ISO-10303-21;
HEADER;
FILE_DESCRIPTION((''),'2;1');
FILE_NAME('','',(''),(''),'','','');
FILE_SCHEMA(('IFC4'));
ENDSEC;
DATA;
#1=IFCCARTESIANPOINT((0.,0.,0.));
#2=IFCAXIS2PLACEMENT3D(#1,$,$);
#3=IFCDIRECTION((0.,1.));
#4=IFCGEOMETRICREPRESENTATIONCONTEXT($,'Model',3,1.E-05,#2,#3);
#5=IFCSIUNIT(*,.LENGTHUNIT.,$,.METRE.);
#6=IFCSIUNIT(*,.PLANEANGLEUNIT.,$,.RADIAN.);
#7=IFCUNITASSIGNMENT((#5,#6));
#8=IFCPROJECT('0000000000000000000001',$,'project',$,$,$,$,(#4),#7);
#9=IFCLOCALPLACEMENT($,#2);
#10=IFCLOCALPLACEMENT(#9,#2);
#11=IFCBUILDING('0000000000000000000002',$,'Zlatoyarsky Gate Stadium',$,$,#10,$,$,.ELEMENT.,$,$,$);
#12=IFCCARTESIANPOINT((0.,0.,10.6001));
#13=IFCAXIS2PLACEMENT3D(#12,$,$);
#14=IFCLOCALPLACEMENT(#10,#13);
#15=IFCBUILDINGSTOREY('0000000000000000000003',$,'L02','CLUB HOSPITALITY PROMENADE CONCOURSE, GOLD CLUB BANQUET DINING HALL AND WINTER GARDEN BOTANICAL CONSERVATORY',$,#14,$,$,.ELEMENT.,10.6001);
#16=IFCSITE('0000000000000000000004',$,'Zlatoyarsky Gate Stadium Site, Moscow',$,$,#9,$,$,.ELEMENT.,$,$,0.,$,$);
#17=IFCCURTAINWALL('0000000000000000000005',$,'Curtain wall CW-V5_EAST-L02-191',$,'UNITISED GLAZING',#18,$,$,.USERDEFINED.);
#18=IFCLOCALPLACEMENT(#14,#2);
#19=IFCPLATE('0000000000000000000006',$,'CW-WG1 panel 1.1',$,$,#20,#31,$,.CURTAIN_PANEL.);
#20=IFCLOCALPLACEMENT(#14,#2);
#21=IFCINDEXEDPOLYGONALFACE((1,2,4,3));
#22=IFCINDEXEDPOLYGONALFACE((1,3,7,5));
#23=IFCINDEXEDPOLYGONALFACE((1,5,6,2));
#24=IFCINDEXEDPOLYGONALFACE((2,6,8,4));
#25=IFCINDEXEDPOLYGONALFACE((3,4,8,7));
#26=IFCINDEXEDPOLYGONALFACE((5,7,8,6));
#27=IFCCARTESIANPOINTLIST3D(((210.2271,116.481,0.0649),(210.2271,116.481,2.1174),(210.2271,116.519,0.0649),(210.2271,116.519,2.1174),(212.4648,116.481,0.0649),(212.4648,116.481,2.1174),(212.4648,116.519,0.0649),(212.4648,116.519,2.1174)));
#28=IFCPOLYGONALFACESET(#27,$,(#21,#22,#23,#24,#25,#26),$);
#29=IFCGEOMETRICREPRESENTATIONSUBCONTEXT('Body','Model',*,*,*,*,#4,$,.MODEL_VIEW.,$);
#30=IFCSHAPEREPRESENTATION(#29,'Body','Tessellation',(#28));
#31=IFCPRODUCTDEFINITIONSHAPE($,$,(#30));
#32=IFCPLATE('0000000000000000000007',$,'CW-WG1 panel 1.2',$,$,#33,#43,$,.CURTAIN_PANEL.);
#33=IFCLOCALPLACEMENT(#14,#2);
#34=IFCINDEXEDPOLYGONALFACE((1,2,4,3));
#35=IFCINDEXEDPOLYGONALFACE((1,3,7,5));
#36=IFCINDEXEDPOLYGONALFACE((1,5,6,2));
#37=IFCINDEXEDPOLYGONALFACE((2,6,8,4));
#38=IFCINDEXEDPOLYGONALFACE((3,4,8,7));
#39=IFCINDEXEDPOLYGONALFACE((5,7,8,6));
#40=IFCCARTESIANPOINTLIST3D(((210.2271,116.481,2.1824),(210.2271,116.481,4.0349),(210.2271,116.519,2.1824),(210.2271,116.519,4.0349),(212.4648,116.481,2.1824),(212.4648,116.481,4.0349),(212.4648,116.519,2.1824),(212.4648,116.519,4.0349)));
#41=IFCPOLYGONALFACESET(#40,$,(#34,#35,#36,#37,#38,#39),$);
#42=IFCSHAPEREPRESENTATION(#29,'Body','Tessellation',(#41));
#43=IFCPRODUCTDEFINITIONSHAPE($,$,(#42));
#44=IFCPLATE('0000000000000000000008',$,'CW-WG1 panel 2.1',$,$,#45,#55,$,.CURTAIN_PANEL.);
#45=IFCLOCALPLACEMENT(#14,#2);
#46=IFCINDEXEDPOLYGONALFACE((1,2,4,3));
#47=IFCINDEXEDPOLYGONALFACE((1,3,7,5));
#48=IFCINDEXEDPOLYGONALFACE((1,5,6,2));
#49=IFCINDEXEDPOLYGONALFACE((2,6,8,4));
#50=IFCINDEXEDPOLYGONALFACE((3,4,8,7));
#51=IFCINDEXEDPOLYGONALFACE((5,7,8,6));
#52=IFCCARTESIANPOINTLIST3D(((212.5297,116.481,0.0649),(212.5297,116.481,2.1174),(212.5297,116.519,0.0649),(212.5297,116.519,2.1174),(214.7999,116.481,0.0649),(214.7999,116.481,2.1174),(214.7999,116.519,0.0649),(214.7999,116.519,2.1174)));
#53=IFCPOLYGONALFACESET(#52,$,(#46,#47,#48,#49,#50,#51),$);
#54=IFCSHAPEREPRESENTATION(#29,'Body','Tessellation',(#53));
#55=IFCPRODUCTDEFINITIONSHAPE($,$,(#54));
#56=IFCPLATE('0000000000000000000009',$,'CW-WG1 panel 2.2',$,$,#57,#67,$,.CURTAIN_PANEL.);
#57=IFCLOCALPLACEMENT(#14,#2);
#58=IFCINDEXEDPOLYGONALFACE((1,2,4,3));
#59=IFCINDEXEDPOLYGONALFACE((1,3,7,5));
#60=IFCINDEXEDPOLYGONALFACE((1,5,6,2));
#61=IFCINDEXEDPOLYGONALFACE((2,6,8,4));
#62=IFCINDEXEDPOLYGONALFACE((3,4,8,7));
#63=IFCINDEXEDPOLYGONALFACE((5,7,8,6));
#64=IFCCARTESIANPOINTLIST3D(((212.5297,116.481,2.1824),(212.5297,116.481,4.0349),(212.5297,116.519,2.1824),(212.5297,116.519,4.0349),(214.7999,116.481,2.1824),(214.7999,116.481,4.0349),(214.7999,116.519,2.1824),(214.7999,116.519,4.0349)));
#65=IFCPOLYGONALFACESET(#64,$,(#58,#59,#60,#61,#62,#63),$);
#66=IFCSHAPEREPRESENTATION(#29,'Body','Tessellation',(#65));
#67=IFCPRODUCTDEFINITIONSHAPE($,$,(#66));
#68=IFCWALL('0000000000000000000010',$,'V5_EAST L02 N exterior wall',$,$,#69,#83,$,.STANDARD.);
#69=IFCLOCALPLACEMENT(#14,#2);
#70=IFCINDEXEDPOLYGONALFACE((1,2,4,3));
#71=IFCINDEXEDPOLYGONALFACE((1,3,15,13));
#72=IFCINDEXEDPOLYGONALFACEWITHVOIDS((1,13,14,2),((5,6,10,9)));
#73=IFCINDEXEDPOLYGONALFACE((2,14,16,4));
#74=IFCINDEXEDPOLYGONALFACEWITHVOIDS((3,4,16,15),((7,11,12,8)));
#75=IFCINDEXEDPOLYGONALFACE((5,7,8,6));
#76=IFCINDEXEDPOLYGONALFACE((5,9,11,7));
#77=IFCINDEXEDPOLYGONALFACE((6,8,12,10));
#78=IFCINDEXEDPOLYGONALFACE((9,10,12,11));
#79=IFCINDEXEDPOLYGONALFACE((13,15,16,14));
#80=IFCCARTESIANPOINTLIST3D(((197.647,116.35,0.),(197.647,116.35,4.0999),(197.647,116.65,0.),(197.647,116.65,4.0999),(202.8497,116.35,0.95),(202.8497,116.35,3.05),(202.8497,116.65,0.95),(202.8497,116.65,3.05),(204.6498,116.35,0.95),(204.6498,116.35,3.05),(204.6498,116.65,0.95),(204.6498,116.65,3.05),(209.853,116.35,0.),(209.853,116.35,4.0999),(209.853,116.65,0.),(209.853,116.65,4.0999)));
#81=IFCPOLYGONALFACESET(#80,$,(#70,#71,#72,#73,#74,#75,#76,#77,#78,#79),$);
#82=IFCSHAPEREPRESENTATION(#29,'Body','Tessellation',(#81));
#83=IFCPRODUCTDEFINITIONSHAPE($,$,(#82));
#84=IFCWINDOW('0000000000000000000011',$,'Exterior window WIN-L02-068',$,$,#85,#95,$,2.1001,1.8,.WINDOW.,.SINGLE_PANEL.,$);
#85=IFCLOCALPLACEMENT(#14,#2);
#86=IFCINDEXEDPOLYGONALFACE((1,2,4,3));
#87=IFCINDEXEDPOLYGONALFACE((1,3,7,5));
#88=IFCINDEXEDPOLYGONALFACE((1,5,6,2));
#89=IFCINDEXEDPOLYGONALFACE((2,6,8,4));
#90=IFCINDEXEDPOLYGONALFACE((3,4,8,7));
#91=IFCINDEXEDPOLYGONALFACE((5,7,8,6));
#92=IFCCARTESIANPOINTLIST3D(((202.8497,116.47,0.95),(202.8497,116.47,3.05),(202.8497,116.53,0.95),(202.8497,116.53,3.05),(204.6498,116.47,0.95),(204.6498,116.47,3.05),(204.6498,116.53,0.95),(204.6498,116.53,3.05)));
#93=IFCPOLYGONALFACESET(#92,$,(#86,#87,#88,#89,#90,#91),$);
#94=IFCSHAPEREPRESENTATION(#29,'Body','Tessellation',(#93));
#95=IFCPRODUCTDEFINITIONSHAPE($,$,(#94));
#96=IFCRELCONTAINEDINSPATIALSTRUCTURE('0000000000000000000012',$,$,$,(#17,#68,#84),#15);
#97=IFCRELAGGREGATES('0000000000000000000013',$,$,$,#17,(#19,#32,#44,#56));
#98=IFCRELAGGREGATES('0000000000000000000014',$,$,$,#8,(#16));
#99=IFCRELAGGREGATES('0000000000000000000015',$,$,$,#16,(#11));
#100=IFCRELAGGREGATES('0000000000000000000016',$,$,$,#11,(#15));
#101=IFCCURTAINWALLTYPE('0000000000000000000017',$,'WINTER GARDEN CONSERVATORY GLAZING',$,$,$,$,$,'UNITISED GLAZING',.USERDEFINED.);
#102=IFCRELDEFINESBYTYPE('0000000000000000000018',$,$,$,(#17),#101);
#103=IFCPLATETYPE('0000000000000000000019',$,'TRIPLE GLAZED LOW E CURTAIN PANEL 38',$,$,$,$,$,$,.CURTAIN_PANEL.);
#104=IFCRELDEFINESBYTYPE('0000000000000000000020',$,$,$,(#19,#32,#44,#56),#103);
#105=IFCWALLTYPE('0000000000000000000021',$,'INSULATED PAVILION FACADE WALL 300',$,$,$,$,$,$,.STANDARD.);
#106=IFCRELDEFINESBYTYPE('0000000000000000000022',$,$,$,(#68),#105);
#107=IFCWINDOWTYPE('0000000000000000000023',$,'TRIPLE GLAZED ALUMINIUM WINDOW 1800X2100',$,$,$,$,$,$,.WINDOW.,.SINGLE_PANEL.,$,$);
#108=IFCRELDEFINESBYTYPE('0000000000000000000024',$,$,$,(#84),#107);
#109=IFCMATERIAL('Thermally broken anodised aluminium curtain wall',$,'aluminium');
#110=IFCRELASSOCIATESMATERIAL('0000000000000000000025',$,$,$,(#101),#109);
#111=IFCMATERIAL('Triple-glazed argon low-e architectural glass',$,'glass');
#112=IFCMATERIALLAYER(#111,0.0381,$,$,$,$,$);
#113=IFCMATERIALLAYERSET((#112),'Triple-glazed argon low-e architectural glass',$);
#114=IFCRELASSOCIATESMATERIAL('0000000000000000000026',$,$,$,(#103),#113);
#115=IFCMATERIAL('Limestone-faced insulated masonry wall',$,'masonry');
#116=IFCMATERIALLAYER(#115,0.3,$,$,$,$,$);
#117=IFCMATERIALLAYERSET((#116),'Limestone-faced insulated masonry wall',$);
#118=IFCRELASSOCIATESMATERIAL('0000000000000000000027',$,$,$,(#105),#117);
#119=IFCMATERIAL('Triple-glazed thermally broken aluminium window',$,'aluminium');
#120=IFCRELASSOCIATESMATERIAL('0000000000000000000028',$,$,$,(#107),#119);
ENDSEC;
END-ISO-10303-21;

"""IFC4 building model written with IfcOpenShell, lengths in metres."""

from ifc_helpers import new_model, si_unit, direction, frame, frame_2d, origin, origin_2d, place, context, subcontext, project, spatial, rectangle, extrude, material, layer, layer_set, type_object, element, fill, aggregate, save


model = new_model("IFC4")

# Units and contexts
model_context = context("Model", 3, precision=1e-05, world=origin(), true_north=direction((0.0, 1.0)))
body_context = subcontext(model_context, "Body", "Model", "MODEL_VIEW")
ifc_project = project(units=[si_unit("LENGTHUNIT", "METRE"), si_unit("PLANEANGLEUNIT", "RADIAN")], contexts=[model_context])

# Site, building, storey
site_placement = place(None, origin())
site = spatial("IfcSite", under=ifc_project, at=site_placement, Name="Zlatoyarsky Gate Stadium Site, Moscow", CompositionType="ELEMENT", RefElevation=0.0)
building_placement = place(site_placement, origin())
building = spatial("IfcBuilding", under=site, at=building_placement, Name="Zlatoyarsky Gate Stadium", CompositionType="ELEMENT")
storey_placement = place(building_placement, frame((0.0, 0.0, 10.6001)))
storey = spatial("IfcBuildingStorey", under=building, at=storey_placement, Name="L02", Description="CLUB HOSPITALITY PROMENADE CONCOURSE, GOLD CLUB BANQUET DINING HALL AND WINTER GARDEN BOTANICAL CONSERVATORY", CompositionType="ELEMENT", Elevation=10.6001)

# Shared definitions
ifc_material_1 = material(Name="Thermally broken anodised aluminium curtain wall", Category="aluminium")
curtain_wall_type = type_object("IfcCurtainWallType", Name="WINTER GARDEN CONSERVATORY GLAZING", ElementType="UNITISED GLAZING", PredefinedType="USERDEFINED", material=ifc_material_1)

# Curtain wall
curtain_wall_1_placement = place(storey_placement, origin())
curtain_wall_1 = element("IfcCurtainWall", 1, at=curtain_wall_1_placement, inside=storey, type_object=curtain_wall_type, Name="Curtain wall CW-V5_EAST-L02-191", ObjectType="UNITISED GLAZING", PredefinedType="USERDEFINED")

# Plates
ifc_material_2 = material(Name="Triple-glazed argon low-e architectural glass", Category="glass")
ifc_layer_1 = layer(ifc_material_2, 0.0381)
ifc_layer_set_1 = layer_set([ifc_layer_1], Name="Triple-glazed argon low-e architectural glass")
plate_type_1 = type_object("IfcPlateType", Name="TRIPLE GLAZED LOW E CURTAIN PANEL 38", PredefinedType="CURTAIN_PANEL", material=ifc_layer_set_1)
plate_1_placement = place(storey_placement, frame((211.3459, 116.5, 0.0649), z_axis=(0.0, 0.0, 1.0), x_axis=(1.0, 0.0, 0.0)))
plate_1 = element("IfcPlate", 2, at=plate_1_placement, type_object=plate_type_1, Name="CW-WG1 panel 1.1", PredefinedType="CURTAIN_PANEL", context=body_context, shape_type="SweptSolid", body=[
    extrude(rectangle(XDim=2.2378, YDim=0.0381, at=origin_2d()), origin(), (0.0, 0.0, 1.0), 2.0525),
])
plate_2_placement = place(storey_placement, frame((211.3459, 116.5, 2.1824), z_axis=(0.0, 0.0, 1.0), x_axis=(1.0, 0.0, 0.0)))
plate_2 = element("IfcPlate", 3, at=plate_2_placement, type_object=plate_type_1, Name="CW-WG1 panel 1.2", PredefinedType="CURTAIN_PANEL", context=body_context, shape_type="SweptSolid", body=[
    extrude(rectangle(XDim=2.2378, YDim=0.0381, at=origin_2d()), origin(), (0.0, 0.0, 1.0), 1.8525),
])
plate_3_placement = place(storey_placement, frame((213.6648, 116.5, 0.0649), z_axis=(0.0, 0.0, 1.0), x_axis=(1.0, 0.0, 0.0)))
plate_3 = element("IfcPlate", 4, at=plate_3_placement, type_object=plate_type_1, Name="CW-WG1 panel 2.1", PredefinedType="CURTAIN_PANEL", context=body_context, shape_type="SweptSolid", body=[
    extrude(rectangle(XDim=2.2703, YDim=0.0381, at=origin_2d()), origin(), (0.0, 0.0, 1.0), 2.0525),
])
plate_4_placement = place(storey_placement, frame((213.6648, 116.5, 2.1824), z_axis=(0.0, 0.0, 1.0), x_axis=(1.0, 0.0, 0.0)))
plate_4 = element("IfcPlate", 5, at=plate_4_placement, type_object=plate_type_1, Name="CW-WG1 panel 2.2", PredefinedType="CURTAIN_PANEL", context=body_context, shape_type="SweptSolid", body=[
    extrude(rectangle(XDim=2.2703, YDim=0.0381, at=origin_2d()), origin(), (0.0, 0.0, 1.0), 1.8525),
])
aggregate(curtain_wall_1, [plate_1, plate_2, plate_3, plate_4])

# Wall, opening, window
ifc_material_3 = material(Name="Limestone-faced insulated masonry wall", Category="masonry")
ifc_layer_2 = layer(ifc_material_3, 0.3)
ifc_layer_set_2 = layer_set([ifc_layer_2], Name="Limestone-faced insulated masonry wall")
wall_type = type_object("IfcWallType", Name="INSULATED PAVILION FACADE WALL 300", PredefinedType="STANDARD", material=ifc_layer_set_2)
wall_placement = place(storey_placement, frame((197.647, 116.5, 0.0), z_axis=(0.0, 0.0, 1.0), x_axis=(1.0, 0.0, 0.0)))
wall = element("IfcWall", 6, at=wall_placement, inside=storey, type_object=wall_type, Name="V5_EAST L02 N exterior wall", PredefinedType="STANDARD", context=body_context, shape_type="SweptSolid", body=[
    extrude(rectangle(XDim=12.2061, YDim=0.3, at=frame_2d((6.103, 0.0))), origin(), (0.0, 0.0, 1.0), 4.0999),
])
opening_placement = place(wall_placement, frame((5.2029, 0.0, 0.95)))
opening = element("IfcOpeningElement", 7, at=opening_placement, cuts=wall, PredefinedType="OPENING", context=body_context, shape_type="SweptSolid", body=[
    extrude(rectangle(XDim=1.8, YDim=2.1001, at=frame_2d((0.8999, 1.05))), frame((0.0, 0.1599, 0.0), z_axis=(0.0, -1.0, 0.0), x_axis=(1.0, 0.0, 0.0)), (0.0, 0.0, 1.0), 0.3201),
])
ifc_material_4 = material(Name="Triple-glazed thermally broken aluminium window", Category="aluminium")
window_type = type_object("IfcWindowType", Name="TRIPLE GLAZED ALUMINIUM WINDOW 1800X2100", PartitioningType="SINGLE_PANEL", PredefinedType="WINDOW", material=ifc_material_4)
window_placement = place(opening_placement, origin())
window = element("IfcWindow", 8, at=window_placement, inside=storey, type_object=window_type, Name="Exterior window WIN-L02-068", OverallHeight=2.1001, OverallWidth=1.8, PartitioningType="SINGLE_PANEL", PredefinedType="WINDOW", context=body_context, shape_type="SweptSolid", body=[
    extrude(rectangle(XDim=1.8, YDim=2.1001, at=frame_2d((0.8999, 1.05))), frame((0.0, 0.03, 0.0), z_axis=(0.0, -1.0, 0.0), x_axis=(1.0, 0.0, 0.0)), (0.0, 0.0, 1.0), 0.0601),
])
fill(opening, window)

save(model, "model.ifc")
